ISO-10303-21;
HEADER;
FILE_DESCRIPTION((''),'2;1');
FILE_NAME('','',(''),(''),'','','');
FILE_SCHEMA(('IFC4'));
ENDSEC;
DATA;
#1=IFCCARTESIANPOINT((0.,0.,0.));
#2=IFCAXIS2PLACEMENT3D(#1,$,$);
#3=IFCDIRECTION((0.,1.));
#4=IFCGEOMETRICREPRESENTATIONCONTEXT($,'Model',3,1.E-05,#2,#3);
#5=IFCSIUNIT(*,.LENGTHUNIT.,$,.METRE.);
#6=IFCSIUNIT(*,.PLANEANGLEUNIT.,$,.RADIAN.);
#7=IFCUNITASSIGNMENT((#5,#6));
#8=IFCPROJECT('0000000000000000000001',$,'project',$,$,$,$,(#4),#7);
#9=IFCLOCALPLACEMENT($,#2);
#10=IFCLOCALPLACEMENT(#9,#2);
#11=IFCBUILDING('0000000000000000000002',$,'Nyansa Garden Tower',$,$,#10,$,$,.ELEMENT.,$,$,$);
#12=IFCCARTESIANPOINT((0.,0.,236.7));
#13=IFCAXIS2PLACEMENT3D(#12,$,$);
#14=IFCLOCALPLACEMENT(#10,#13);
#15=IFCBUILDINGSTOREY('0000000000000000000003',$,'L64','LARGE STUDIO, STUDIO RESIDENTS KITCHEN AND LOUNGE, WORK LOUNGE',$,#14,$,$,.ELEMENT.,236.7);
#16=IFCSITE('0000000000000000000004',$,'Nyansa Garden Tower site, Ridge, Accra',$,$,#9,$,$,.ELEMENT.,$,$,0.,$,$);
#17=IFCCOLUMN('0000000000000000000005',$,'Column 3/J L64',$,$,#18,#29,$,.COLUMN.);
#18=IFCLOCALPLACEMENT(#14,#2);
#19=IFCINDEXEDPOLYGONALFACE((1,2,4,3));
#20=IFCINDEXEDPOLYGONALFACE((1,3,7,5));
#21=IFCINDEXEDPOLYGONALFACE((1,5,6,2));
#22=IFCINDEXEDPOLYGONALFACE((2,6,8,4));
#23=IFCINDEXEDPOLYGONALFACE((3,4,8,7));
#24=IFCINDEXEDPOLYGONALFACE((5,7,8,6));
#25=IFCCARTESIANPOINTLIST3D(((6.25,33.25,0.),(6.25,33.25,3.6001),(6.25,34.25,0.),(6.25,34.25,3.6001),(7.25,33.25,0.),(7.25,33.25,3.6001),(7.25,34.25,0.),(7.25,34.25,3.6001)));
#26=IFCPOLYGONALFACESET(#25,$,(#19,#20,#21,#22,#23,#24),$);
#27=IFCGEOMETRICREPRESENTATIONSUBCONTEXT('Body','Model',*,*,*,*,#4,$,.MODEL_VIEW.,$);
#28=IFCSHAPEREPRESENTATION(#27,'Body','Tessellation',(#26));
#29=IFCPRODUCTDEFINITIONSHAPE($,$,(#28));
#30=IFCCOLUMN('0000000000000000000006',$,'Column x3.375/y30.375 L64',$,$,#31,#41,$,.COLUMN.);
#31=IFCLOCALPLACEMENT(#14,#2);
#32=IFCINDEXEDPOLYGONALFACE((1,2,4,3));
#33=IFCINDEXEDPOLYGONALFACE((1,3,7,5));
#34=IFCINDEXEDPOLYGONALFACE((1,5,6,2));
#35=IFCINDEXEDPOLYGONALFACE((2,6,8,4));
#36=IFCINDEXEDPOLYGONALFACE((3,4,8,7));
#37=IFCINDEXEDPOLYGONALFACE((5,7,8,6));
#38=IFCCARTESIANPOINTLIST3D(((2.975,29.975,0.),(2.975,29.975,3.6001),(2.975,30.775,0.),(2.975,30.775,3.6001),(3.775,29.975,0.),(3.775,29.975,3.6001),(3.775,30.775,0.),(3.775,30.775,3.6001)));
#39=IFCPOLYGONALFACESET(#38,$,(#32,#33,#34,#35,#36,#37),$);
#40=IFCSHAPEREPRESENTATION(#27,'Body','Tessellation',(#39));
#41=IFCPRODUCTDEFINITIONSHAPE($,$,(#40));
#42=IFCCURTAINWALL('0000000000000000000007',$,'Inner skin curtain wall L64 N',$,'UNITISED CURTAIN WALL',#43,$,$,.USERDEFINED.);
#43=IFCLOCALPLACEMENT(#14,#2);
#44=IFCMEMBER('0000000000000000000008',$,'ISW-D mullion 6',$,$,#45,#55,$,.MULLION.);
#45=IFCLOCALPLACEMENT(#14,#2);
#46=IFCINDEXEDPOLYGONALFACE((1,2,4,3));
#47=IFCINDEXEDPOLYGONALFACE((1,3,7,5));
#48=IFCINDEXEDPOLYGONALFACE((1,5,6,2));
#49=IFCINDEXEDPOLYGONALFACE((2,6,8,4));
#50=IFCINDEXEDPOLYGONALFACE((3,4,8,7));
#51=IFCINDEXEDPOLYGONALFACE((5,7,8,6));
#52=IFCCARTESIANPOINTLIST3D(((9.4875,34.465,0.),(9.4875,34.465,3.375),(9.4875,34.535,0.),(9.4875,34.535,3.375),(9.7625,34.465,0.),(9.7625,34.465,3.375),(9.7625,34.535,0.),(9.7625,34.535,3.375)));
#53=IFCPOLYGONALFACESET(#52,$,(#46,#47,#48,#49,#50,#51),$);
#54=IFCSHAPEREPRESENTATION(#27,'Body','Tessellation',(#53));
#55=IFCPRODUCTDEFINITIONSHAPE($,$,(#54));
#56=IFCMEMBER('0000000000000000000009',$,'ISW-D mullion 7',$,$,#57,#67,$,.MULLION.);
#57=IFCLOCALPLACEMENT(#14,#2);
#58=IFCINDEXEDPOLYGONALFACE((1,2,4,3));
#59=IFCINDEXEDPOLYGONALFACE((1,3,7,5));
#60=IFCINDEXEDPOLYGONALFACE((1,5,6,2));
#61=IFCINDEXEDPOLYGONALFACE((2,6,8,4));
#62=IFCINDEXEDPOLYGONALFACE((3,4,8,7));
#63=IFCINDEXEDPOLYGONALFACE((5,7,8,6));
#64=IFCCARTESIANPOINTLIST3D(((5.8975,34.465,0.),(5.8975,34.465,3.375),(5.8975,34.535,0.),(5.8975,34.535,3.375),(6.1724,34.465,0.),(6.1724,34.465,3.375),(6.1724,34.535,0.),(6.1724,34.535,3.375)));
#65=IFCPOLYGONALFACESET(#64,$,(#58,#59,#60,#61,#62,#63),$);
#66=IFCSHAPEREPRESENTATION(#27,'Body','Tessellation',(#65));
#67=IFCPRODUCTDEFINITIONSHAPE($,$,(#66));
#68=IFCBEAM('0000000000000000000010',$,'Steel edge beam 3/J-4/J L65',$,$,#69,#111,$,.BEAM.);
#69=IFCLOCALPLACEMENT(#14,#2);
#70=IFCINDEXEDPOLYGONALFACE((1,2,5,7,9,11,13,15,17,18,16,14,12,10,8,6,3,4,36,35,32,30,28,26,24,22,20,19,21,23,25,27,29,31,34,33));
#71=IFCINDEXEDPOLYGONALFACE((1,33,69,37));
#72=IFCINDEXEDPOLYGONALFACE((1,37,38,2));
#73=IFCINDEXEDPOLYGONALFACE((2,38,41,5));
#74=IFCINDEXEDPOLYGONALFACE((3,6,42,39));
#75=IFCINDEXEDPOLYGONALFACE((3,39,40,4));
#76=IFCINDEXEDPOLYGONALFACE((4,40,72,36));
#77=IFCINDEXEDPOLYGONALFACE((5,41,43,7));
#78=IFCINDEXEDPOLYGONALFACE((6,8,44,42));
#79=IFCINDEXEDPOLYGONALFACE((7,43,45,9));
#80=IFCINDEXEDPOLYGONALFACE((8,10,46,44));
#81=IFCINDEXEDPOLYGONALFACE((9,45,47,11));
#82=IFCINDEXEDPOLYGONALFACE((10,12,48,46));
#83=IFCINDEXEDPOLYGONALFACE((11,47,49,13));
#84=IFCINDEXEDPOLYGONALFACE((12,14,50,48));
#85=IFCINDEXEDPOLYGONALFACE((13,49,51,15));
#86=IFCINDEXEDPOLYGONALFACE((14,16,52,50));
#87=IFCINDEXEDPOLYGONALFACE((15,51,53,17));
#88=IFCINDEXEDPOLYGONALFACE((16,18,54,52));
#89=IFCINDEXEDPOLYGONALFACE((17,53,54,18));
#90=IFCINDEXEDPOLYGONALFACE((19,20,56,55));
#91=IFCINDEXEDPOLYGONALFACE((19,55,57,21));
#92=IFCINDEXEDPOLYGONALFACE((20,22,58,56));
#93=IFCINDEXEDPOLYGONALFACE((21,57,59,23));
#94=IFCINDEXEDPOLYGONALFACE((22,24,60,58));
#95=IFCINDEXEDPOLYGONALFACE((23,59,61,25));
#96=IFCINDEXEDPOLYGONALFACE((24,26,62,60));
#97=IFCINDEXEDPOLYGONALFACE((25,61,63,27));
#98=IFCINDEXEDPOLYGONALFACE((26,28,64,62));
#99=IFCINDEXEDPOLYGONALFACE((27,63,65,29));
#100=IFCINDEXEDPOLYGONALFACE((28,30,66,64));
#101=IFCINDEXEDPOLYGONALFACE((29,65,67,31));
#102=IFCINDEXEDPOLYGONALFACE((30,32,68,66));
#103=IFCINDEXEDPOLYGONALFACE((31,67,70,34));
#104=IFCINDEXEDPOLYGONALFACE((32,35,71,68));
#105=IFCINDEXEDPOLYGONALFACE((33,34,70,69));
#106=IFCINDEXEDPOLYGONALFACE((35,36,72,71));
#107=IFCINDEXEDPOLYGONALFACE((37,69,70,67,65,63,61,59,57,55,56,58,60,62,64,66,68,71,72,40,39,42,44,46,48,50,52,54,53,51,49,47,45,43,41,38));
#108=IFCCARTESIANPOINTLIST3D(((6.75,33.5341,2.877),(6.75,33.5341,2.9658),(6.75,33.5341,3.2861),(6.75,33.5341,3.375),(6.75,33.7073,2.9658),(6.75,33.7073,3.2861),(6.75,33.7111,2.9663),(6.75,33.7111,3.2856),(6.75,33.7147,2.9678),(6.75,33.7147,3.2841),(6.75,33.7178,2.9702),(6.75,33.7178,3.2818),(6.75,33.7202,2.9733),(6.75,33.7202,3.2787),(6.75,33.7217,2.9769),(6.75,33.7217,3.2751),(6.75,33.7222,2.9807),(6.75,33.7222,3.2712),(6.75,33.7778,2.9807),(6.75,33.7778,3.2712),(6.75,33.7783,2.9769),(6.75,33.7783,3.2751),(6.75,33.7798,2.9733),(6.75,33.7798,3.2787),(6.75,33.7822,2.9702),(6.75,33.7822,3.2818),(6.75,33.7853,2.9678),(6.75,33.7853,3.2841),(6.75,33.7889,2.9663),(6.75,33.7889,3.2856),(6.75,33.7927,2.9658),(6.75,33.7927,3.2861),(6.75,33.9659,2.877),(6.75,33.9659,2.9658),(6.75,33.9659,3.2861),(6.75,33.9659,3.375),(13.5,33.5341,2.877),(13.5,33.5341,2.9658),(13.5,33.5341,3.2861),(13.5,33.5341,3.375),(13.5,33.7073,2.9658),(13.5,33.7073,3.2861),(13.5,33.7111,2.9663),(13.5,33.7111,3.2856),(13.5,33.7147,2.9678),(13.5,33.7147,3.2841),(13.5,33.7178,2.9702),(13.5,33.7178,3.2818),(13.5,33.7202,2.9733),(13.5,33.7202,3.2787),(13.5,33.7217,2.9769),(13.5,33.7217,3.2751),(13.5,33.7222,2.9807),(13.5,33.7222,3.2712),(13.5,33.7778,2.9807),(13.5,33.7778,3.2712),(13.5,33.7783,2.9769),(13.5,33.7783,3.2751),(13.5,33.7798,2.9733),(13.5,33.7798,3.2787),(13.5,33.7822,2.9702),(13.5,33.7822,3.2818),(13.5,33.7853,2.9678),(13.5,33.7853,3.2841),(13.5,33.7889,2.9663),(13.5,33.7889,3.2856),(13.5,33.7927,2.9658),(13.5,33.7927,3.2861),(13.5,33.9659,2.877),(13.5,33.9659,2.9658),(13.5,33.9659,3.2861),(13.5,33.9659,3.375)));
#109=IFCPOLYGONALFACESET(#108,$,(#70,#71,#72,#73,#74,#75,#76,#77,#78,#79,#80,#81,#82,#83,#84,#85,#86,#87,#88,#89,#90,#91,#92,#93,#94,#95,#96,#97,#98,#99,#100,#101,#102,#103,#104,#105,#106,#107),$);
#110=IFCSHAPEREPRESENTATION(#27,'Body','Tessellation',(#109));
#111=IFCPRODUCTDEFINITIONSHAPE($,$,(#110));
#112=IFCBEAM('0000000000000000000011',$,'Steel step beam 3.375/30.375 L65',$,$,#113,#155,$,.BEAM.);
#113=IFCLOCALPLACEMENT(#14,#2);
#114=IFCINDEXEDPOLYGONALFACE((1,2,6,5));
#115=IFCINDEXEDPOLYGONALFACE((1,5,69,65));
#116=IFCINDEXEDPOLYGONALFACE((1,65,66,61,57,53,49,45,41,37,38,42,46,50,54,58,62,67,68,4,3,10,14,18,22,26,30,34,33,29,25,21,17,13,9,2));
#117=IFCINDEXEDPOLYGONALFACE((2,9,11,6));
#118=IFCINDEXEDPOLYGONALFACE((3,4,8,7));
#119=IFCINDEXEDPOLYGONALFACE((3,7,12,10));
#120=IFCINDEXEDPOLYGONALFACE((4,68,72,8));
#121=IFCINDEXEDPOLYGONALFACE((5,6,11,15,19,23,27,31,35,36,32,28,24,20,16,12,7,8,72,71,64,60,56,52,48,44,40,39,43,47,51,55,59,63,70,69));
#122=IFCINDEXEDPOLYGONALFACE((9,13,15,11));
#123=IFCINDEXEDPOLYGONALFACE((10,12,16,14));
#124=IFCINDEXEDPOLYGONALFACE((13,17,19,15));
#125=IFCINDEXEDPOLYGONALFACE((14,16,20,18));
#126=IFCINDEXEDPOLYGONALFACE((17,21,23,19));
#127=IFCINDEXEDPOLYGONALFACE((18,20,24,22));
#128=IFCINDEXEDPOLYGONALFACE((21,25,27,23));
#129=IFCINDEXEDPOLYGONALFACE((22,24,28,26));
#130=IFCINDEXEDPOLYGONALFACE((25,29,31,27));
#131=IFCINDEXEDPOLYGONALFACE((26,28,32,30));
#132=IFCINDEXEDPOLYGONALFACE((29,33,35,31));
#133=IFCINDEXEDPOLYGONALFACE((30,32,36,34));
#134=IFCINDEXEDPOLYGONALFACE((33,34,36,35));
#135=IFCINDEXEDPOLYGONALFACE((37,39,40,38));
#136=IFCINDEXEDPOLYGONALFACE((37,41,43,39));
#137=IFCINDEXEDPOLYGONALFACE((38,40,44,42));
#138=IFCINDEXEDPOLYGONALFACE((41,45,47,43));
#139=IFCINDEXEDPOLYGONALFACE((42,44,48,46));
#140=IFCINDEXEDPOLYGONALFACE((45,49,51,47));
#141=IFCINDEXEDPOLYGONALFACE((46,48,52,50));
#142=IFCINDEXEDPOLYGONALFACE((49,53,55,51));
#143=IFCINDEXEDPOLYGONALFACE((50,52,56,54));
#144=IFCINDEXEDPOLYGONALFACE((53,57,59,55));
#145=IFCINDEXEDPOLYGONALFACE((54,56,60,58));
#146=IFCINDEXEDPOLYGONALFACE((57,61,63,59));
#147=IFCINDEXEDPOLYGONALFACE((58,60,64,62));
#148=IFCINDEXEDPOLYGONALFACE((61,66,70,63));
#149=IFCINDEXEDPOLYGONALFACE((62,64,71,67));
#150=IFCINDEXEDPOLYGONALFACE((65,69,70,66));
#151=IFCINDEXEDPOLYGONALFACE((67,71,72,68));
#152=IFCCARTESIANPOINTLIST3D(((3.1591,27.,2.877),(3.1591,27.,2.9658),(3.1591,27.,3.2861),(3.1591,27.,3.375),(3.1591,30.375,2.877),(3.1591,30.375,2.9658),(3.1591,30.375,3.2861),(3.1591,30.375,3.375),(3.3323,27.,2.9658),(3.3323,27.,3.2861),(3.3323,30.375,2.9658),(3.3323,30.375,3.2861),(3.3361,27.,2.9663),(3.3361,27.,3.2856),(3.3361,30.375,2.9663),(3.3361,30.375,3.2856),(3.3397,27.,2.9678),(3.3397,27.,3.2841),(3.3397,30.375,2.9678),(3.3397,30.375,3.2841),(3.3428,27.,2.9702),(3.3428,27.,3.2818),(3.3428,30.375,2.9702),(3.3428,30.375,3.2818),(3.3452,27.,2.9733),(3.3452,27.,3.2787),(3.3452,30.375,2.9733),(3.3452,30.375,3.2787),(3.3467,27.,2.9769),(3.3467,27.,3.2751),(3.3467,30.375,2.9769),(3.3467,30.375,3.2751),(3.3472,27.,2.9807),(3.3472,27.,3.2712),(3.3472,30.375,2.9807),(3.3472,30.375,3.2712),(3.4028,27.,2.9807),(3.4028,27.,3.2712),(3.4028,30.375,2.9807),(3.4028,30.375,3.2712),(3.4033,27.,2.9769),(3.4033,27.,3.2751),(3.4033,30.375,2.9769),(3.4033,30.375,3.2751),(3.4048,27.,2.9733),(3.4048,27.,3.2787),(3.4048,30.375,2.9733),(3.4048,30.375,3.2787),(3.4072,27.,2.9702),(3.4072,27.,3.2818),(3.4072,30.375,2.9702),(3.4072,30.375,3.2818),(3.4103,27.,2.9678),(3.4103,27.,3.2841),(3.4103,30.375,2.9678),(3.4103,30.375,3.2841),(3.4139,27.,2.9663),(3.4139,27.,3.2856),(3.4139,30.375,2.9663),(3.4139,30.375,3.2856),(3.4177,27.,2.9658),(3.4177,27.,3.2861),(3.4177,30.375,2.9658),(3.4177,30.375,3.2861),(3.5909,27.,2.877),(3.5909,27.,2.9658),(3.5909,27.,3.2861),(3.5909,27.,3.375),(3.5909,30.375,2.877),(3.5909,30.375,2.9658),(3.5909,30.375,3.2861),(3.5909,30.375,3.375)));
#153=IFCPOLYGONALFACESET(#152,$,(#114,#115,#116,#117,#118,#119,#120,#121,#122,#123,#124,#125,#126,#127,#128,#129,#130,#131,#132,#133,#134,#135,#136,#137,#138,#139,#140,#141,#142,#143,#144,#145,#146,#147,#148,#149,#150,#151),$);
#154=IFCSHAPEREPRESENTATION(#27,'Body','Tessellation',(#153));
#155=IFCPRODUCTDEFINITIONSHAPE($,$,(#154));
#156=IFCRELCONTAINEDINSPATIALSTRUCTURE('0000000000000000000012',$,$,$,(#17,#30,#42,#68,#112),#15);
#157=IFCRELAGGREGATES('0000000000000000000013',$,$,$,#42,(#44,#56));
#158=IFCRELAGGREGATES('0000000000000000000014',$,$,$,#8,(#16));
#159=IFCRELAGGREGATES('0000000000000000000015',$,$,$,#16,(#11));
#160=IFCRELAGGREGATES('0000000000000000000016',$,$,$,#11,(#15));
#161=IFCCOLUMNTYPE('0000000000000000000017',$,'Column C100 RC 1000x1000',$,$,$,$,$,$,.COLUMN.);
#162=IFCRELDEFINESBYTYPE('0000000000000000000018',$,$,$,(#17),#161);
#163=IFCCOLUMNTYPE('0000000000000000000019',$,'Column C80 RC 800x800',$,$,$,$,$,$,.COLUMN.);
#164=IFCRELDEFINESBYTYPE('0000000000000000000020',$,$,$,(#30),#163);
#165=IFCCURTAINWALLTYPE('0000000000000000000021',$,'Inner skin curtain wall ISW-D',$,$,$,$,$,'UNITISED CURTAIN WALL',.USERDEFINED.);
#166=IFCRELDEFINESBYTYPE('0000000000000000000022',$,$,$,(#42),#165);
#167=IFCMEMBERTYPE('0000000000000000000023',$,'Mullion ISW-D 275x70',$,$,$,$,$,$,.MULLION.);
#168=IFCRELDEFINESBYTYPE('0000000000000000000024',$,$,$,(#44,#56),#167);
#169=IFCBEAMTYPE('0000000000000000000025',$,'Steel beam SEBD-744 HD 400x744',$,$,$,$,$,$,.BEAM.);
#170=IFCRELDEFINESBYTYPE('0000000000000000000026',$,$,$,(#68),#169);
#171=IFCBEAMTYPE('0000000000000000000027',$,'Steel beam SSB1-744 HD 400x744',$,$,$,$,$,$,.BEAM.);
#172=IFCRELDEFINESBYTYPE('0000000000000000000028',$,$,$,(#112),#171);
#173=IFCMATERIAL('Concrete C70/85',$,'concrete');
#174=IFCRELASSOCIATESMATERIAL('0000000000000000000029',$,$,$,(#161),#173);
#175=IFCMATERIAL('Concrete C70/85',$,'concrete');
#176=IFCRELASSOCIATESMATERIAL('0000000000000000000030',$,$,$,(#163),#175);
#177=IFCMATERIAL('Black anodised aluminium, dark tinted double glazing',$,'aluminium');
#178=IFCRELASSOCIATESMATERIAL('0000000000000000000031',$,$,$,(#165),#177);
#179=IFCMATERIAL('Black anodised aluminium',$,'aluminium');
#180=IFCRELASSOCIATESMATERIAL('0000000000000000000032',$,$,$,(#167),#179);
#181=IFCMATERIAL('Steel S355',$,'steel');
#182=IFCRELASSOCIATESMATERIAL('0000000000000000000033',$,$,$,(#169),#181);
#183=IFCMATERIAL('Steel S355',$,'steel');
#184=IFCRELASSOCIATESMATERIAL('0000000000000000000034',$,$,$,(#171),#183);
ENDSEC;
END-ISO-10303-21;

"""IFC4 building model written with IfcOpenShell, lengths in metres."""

from ifc_helpers import new_model, si_unit, direction, frame, origin, origin_2d, place, context, subcontext, project, spatial, rectangle, i_section, extrude, material, material_profile, profile_set, type_object, element, aggregate, save


model = new_model("IFC4")

# Units and contexts
model_context = context("Model", 3, precision=1e-05, world=origin(), true_north=direction((0.0, 1.0)))
body_context = subcontext(model_context, "Body", "Model", "MODEL_VIEW")
ifc_project = project(units=[si_unit("LENGTHUNIT", "METRE"), si_unit("PLANEANGLEUNIT", "RADIAN")], contexts=[model_context])

# Site, building, storey
site_placement = place(None, origin())
site = spatial("IfcSite", under=ifc_project, at=site_placement, Name="Nyansa Garden Tower site, Ridge, Accra", CompositionType="ELEMENT", RefElevation=0.0)
building_placement = place(site_placement, origin())
building = spatial("IfcBuilding", under=site, at=building_placement, Name="Nyansa Garden Tower", CompositionType="ELEMENT")
storey_placement = place(building_placement, frame((0.0, 0.0, 236.7)))
storey = spatial("IfcBuildingStorey", under=building, at=storey_placement, Name="L64", Description="LARGE STUDIO, STUDIO RESIDENTS KITCHEN AND LOUNGE, WORK LOUNGE", CompositionType="ELEMENT", Elevation=236.7)

# Columns
ifc_material_1 = material(Name="Concrete C70/85", Category="concrete")
ifc_material_profile_1 = material_profile(ifc_material_1, rectangle(XDim=1.0, YDim=1.0, at=origin_2d()), Name="RC 1000x1000")
ifc_profile_set_1 = profile_set([ifc_material_profile_1], Name="Concrete C70/85")
column_type_1 = type_object("IfcColumnType", Name="Column C100 RC 1000x1000", PredefinedType="COLUMN", material=ifc_profile_set_1)
column_1_placement = place(storey_placement, frame((6.75, 33.75, 0.0), z_axis=(0.0, 0.0, 1.0), x_axis=(1.0, 0.0, 0.0)))
element("IfcColumn", 1, at=column_1_placement, inside=storey, type_object=column_type_1, Name="Column 3/J L64", PredefinedType="COLUMN", context=body_context, shape_type="SweptSolid", body=[
    extrude(rectangle(XDim=1.0, YDim=1.0, at=origin_2d()), origin(), (0.0, 0.0, 1.0), 3.6001),
])
ifc_material_2 = material(Name="Concrete C70/85", Category="concrete")
ifc_material_profile_2 = material_profile(ifc_material_2, rectangle(XDim=0.8, YDim=0.8, at=origin_2d()), Name="RC 800x800")
ifc_profile_set_2 = profile_set([ifc_material_profile_2], Name="Concrete C70/85")
column_type_2 = type_object("IfcColumnType", Name="Column C80 RC 800x800", PredefinedType="COLUMN", material=ifc_profile_set_2)
column_2_placement = place(storey_placement, frame((3.375, 30.375, 0.0), z_axis=(0.0, 0.0, 1.0), x_axis=(1.0, 0.0, 0.0)))
element("IfcColumn", 2, at=column_2_placement, inside=storey, type_object=column_type_2, Name="Column x3.375/y30.375 L64", PredefinedType="COLUMN", context=body_context, shape_type="SweptSolid", body=[
    extrude(rectangle(XDim=0.8, YDim=0.8, at=origin_2d()), origin(), (0.0, 0.0, 1.0), 3.6001),
])

# Curtain wall, members
ifc_material_3 = material(Name="Black anodised aluminium, dark tinted double glazing", Category="aluminium")
curtain_wall_type = type_object("IfcCurtainWallType", Name="Inner skin curtain wall ISW-D", ElementType="UNITISED CURTAIN WALL", PredefinedType="USERDEFINED", material=ifc_material_3)
curtain_wall_placement = place(storey_placement, origin())
curtain_wall = element("IfcCurtainWall", 3, at=curtain_wall_placement, inside=storey, type_object=curtain_wall_type, Name="Inner skin curtain wall L64 N", ObjectType="UNITISED CURTAIN WALL", PredefinedType="USERDEFINED")
ifc_material_4 = material(Name="Black anodised aluminium", Category="aluminium")
ifc_material_profile_3 = material_profile(ifc_material_4, rectangle(XDim=0.0701, YDim=0.2749, at=origin_2d()), Name="Mullion 275x70")
ifc_profile_set_3 = profile_set([ifc_material_profile_3], Name="Black anodised aluminium")
member_type_1 = type_object("IfcMemberType", Name="Mullion ISW-D 275x70", PredefinedType="MULLION", material=ifc_profile_set_3)
member_1_placement = place(storey_placement, frame((9.625, 34.5, 0.0), z_axis=(0.0, 0.0, 1.0), x_axis=(0.0, -1.0, 0.0)))
member_1 = element("IfcMember", 4, at=member_1_placement, type_object=member_type_1, Name="ISW-D mullion 6", PredefinedType="MULLION", context=body_context, shape_type="SweptSolid", body=[
    extrude(rectangle(XDim=0.0701, YDim=0.2749, at=origin_2d()), origin(), (0.0, 0.0, 1.0), 3.375),
])
member_2_placement = place(storey_placement, frame((6.0349, 34.5, 0.0), z_axis=(0.0, 0.0, 1.0), x_axis=(0.0, -1.0, 0.0)))
member_2 = element("IfcMember", 5, at=member_2_placement, type_object=member_type_1, Name="ISW-D mullion 7", PredefinedType="MULLION", context=body_context, shape_type="SweptSolid", body=[
    extrude(rectangle(XDim=0.0701, YDim=0.2749, at=origin_2d()), origin(), (0.0, 0.0, 1.0), 3.375),
])

# Beams
ifc_material_5 = material(Name="Steel S355", Category="steel")
ifc_material_profile_4 = material_profile(ifc_material_5, i_section(OverallWidth=0.4319, OverallDepth=0.498, WebThickness=0.0557, FlangeThickness=0.0889, FilletRadius=0.0149, at=origin_2d()), Name="HD 400x744")
ifc_profile_set_4 = profile_set([ifc_material_profile_4], Name="Steel S355")
beam_type_1 = type_object("IfcBeamType", Name="Steel beam SEBD-744 HD 400x744", PredefinedType="BEAM", material=ifc_profile_set_4)
beam_placement = place(storey_placement, frame((6.75, 33.75, 3.126), z_axis=(1.0, 0.0, 0.0), x_axis=(0.0, 1.0, 0.0)))
element("IfcBeam", 6, at=beam_placement, inside=storey, type_object=beam_type_1, Name="Steel edge beam 3/J-4/J L65", PredefinedType="BEAM", context=body_context, shape_type="SweptSolid", body=[
    extrude(i_section(OverallWidth=0.4319, OverallDepth=0.498, WebThickness=0.0557, FlangeThickness=0.0889, FilletRadius=0.0149, at=origin_2d()), origin(), (0.0, 0.0, 1.0), 6.75),
])
ifc_material_6 = material(Name="Steel S355", Category="steel")
ifc_material_profile_5 = material_profile(ifc_material_6, i_section(OverallWidth=0.4319, OverallDepth=0.498, WebThickness=0.0557, FlangeThickness=0.0889, FilletRadius=0.0149, at=origin_2d()), Name="HD 400x744")
ifc_profile_set_5 = profile_set([ifc_material_profile_5], Name="Steel S355")
beam_type_2 = type_object("IfcBeamType", Name="Steel beam SSB1-744 HD 400x744", PredefinedType="BEAM", material=ifc_profile_set_5)
for number, where, z_axis, x_axis, name in (
    (7, (3.375, 30.375, 3.126), (0.0, -1.0, 0.0), (1.0, 0.0, 0.0), "Steel step beam 3.375/30.375 L65"),
):
    element("IfcBeam", number, at=place(storey_placement, frame(where, z_axis=z_axis, x_axis=x_axis)), inside=storey, type_object=beam_type_2, Name=name, PredefinedType="BEAM", context=body_context, shape_type="SweptSolid", body=[
        extrude(i_section(OverallWidth=0.4319, OverallDepth=0.498, WebThickness=0.0557, FlangeThickness=0.0889, FilletRadius=0.0149, at=origin_2d()), origin(), (0.0, 0.0, 1.0), 3.375),
    ])

aggregate(curtain_wall, [member_1, member_2])

save(model, "model.ifc")
